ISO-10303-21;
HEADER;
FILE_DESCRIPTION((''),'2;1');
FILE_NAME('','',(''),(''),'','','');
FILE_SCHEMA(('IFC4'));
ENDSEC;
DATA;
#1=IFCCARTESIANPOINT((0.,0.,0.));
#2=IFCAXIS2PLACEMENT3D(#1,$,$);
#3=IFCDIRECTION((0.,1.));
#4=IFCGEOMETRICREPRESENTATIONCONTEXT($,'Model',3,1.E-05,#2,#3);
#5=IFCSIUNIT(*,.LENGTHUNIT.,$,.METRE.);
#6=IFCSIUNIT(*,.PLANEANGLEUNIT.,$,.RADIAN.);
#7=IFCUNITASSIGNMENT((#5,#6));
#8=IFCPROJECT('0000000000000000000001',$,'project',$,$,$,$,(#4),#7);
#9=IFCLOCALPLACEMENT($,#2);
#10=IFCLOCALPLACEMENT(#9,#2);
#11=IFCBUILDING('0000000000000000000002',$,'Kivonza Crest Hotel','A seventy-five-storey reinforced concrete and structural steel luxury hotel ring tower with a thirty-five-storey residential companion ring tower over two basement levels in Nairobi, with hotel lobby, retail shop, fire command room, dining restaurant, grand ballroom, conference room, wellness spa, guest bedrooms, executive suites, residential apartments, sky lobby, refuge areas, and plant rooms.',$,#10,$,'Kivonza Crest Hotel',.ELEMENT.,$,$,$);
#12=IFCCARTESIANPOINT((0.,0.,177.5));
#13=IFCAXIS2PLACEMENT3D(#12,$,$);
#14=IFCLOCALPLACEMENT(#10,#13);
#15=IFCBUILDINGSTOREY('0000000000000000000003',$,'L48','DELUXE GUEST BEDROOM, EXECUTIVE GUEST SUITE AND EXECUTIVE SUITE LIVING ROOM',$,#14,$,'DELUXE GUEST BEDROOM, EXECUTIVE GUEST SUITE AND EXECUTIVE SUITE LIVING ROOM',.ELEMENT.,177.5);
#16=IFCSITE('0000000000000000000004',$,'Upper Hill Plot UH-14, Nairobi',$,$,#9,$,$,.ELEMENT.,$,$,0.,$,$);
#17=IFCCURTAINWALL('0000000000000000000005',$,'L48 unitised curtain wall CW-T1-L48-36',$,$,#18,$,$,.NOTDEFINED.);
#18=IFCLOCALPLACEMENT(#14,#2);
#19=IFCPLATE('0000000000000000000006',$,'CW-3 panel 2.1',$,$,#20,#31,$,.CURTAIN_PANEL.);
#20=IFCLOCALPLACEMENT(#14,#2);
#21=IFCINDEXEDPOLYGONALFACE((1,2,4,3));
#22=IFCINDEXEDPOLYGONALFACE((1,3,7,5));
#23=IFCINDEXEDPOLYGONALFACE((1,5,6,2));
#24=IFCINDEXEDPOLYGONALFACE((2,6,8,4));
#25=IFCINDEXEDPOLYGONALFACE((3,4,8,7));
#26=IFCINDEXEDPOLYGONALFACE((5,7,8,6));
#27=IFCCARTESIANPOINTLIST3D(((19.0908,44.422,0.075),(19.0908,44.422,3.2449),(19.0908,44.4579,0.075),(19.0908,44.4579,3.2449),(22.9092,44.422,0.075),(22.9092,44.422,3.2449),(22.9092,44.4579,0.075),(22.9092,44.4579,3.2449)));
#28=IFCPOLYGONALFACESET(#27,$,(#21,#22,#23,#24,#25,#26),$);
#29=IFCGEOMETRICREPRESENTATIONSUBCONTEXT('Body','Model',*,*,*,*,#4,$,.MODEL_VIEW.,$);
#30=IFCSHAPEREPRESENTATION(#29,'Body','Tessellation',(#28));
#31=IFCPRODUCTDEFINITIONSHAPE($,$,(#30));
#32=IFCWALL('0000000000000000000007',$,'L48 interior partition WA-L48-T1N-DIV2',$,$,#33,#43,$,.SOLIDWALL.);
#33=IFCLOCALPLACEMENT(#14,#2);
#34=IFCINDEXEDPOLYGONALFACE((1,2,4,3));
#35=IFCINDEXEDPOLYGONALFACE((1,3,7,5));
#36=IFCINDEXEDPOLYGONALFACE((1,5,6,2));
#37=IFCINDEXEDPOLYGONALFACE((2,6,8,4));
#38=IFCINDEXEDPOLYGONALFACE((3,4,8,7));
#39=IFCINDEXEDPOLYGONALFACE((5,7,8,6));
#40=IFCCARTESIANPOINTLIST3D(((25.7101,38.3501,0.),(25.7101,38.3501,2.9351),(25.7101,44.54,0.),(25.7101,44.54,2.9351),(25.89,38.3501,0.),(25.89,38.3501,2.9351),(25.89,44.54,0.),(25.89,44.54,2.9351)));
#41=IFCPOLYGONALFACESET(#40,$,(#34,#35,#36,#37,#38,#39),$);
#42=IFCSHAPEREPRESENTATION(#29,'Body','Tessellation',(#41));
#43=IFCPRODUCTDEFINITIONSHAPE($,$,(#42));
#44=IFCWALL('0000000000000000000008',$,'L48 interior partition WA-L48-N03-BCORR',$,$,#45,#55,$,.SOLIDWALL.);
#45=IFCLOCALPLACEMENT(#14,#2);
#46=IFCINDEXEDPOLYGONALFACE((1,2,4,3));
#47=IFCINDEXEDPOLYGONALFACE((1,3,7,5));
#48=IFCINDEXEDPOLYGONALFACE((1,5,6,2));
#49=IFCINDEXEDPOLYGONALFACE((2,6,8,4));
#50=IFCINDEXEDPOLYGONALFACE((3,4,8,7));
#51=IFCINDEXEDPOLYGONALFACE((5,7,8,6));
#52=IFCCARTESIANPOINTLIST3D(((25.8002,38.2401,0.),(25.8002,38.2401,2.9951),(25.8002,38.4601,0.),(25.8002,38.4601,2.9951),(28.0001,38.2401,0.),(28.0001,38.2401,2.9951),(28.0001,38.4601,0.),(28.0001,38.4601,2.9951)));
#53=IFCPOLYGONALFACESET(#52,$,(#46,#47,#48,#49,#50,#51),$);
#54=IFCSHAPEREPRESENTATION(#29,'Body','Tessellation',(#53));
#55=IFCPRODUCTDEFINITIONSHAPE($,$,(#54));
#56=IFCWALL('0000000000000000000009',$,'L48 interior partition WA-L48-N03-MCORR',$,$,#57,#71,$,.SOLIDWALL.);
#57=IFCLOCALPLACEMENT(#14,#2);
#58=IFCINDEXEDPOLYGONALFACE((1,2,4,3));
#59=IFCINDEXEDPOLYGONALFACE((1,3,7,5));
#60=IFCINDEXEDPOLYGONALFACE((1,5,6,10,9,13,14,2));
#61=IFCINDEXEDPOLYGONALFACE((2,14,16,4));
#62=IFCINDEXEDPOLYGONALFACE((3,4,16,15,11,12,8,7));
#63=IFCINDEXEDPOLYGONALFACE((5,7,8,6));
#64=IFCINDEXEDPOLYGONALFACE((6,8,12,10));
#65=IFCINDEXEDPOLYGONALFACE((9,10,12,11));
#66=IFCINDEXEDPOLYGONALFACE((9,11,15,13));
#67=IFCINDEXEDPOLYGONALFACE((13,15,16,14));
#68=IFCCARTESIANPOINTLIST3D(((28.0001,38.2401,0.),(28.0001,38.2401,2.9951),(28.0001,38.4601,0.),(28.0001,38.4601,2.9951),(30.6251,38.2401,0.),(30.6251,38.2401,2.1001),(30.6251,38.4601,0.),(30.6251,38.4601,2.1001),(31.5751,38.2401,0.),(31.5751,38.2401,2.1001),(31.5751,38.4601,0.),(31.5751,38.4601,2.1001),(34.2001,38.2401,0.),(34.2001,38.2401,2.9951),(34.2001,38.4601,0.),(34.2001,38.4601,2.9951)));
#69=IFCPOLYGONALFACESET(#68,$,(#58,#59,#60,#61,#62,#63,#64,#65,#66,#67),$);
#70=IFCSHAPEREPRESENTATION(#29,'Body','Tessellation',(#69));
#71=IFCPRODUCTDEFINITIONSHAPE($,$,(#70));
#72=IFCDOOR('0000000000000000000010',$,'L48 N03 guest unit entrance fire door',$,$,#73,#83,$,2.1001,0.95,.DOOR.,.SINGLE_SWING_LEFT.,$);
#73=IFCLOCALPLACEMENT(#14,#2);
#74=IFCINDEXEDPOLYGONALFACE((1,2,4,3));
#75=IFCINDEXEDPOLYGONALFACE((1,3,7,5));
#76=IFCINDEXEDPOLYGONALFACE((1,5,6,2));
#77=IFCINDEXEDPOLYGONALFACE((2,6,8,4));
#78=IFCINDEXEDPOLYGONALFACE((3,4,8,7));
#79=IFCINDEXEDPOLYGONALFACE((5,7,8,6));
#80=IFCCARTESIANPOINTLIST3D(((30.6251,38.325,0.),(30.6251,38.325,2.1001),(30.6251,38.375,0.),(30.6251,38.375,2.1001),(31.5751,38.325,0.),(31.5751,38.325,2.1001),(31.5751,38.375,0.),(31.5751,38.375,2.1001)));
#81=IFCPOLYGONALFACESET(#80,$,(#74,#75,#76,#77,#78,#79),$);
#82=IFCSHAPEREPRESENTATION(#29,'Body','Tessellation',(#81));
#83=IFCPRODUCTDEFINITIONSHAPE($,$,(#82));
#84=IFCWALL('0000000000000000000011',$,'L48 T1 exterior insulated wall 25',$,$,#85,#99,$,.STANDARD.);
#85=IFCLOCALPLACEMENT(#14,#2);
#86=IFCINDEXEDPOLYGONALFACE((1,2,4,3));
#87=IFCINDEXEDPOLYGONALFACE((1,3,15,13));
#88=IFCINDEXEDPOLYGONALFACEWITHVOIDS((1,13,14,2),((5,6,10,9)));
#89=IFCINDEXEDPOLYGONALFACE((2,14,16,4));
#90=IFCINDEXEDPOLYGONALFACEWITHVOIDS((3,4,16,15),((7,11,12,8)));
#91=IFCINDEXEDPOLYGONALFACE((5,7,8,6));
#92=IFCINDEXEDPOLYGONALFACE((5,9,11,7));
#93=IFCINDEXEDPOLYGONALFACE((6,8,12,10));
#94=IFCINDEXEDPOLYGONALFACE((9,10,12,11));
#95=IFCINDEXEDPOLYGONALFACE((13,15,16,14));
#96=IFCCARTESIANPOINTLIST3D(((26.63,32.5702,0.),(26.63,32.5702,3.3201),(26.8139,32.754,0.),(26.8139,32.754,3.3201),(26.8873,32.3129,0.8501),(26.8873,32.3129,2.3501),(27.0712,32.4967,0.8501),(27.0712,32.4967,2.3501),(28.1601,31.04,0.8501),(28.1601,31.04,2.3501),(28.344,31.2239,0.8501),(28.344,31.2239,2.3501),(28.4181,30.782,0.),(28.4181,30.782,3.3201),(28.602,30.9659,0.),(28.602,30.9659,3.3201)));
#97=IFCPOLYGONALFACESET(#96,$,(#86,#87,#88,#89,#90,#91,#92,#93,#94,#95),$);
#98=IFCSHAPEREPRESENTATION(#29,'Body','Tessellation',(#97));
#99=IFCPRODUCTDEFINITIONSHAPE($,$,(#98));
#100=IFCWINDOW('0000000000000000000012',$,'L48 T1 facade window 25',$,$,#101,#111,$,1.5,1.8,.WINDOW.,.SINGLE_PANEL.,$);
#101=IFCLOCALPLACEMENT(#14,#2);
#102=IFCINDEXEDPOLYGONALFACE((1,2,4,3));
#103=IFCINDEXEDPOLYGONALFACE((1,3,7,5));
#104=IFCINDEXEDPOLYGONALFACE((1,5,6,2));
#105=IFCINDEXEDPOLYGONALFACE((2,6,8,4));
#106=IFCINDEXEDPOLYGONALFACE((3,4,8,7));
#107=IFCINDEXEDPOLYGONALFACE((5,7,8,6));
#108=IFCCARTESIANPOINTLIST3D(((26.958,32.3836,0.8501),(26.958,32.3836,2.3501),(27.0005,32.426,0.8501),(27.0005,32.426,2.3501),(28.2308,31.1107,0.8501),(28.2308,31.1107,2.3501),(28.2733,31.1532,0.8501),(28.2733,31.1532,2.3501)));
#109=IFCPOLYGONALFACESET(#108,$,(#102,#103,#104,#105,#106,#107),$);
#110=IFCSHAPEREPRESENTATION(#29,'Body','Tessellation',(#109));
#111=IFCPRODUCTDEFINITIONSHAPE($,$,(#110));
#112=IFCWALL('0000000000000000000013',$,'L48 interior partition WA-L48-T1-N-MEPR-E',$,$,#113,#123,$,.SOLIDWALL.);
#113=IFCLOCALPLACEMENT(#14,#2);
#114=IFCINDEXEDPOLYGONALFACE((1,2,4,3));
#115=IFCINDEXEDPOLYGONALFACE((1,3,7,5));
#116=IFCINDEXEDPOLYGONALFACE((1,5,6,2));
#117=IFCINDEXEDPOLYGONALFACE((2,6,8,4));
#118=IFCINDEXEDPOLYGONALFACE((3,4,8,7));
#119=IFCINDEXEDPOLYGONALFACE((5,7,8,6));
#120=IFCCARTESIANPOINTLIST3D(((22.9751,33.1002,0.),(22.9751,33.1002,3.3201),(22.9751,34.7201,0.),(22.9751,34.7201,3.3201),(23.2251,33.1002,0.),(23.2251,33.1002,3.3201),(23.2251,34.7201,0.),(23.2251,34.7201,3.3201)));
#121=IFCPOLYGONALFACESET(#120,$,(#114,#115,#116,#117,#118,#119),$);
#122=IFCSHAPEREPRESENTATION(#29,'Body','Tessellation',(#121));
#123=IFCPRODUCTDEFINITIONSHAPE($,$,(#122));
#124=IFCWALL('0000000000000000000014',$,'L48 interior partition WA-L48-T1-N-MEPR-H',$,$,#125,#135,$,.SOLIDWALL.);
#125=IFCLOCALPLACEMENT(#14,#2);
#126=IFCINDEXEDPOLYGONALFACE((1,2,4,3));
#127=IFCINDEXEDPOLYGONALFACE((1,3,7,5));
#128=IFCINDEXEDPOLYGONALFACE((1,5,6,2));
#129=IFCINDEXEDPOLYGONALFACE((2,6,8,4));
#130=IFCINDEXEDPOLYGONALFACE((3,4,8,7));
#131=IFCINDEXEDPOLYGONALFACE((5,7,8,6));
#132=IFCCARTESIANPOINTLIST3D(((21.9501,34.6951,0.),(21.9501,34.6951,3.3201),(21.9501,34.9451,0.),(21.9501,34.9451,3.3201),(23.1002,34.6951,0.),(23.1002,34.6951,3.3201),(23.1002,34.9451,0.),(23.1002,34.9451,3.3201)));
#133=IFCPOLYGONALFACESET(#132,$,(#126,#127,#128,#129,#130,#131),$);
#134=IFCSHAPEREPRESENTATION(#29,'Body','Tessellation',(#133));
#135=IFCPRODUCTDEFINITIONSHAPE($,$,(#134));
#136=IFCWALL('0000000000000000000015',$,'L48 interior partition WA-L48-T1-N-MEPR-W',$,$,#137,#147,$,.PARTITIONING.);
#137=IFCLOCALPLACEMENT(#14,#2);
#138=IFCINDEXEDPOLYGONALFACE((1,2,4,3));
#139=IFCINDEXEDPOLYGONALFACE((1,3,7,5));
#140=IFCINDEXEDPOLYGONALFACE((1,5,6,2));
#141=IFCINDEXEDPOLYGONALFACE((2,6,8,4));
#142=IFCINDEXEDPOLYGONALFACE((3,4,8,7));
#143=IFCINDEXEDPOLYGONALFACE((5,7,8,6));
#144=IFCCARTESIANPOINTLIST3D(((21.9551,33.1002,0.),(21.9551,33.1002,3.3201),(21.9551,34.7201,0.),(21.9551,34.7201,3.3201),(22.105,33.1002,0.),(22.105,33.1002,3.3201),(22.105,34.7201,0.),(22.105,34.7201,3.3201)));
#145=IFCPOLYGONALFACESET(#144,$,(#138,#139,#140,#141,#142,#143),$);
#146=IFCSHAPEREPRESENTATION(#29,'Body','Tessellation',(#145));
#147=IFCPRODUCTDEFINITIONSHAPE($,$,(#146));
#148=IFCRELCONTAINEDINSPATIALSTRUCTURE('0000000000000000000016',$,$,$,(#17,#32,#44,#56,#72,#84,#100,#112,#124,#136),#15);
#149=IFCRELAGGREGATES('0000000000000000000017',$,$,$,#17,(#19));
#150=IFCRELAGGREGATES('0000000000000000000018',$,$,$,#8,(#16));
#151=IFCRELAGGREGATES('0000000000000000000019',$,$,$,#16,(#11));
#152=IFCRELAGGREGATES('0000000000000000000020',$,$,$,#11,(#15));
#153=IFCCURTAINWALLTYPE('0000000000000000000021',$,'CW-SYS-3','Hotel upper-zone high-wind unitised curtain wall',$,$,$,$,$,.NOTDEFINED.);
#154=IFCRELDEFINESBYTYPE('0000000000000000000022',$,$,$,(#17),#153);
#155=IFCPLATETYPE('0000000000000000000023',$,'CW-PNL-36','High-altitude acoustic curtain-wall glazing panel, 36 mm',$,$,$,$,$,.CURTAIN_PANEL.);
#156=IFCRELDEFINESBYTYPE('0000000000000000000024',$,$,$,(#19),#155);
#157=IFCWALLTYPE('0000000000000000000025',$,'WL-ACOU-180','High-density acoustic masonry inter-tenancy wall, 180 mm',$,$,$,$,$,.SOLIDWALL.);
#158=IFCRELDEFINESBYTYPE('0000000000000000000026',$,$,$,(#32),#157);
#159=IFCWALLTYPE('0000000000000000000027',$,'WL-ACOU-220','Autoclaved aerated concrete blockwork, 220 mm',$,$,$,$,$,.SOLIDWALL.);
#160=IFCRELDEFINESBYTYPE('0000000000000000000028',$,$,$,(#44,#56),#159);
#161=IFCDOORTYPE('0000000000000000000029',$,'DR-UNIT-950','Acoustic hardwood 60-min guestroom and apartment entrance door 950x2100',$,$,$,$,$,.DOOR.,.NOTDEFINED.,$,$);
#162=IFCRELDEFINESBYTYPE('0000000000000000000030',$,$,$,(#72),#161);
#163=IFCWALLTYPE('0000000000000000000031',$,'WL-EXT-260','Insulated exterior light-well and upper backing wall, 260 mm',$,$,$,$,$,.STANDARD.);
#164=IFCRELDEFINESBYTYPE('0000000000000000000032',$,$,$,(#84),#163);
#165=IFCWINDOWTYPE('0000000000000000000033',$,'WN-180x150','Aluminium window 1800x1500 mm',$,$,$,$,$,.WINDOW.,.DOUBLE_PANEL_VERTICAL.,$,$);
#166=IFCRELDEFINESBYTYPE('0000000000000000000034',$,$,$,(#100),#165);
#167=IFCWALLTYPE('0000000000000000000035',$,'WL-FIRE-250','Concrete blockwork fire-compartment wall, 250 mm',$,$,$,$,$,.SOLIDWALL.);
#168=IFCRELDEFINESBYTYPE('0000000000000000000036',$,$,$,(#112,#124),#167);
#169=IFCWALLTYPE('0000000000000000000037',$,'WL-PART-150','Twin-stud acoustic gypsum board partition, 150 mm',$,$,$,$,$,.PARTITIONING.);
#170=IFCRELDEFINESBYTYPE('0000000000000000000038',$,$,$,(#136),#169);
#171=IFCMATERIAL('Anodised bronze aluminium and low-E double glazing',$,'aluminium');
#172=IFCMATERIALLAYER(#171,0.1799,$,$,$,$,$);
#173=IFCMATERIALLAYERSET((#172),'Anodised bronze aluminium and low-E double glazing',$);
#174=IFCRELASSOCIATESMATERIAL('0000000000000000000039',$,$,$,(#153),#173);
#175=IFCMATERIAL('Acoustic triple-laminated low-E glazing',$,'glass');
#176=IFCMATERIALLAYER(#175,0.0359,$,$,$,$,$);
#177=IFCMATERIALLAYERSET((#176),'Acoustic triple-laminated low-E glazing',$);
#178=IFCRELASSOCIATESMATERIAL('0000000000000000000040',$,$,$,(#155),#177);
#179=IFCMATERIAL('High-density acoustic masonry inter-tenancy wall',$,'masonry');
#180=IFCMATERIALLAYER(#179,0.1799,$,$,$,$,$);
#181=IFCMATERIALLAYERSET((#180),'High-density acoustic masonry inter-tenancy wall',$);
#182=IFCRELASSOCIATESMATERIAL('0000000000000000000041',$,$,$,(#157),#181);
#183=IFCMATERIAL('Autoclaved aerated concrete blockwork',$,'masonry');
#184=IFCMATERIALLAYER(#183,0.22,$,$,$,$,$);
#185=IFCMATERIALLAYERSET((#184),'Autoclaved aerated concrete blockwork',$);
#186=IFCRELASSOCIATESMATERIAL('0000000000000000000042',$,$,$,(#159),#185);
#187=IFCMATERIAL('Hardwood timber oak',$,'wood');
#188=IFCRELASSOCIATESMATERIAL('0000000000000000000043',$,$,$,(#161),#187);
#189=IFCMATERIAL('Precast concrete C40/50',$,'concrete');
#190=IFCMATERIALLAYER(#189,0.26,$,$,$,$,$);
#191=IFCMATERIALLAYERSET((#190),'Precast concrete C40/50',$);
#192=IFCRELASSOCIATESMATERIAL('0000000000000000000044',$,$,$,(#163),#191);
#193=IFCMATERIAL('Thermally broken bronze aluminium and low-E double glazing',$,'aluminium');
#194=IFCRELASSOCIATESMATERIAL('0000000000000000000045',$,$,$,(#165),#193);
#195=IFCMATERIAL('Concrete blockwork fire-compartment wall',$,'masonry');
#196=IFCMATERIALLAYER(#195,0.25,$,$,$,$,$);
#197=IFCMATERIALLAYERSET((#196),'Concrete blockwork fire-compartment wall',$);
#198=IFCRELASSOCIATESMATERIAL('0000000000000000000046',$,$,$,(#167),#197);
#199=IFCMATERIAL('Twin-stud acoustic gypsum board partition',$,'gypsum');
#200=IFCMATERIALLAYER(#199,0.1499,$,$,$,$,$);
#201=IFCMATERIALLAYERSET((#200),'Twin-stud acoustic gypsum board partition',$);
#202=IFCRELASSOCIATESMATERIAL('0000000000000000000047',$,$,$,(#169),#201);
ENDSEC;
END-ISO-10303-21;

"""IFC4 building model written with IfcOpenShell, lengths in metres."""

from ifc_helpers import new_model, si_unit, direction, frame, frame_2d, origin, origin_2d, place, context, subcontext, project, spatial, rectangle, extrude, material, layer, layer_set, type_object, element, fill, aggregate, save


model = new_model("IFC4")

# Units and contexts
model_context = context("Model", 3, precision=1e-05, world=origin(), true_north=direction((0.0, 1.0)))
body_context = subcontext(model_context, "Body", "Model", "MODEL_VIEW")
ifc_project = project(units=[si_unit("LENGTHUNIT", "METRE"), si_unit("PLANEANGLEUNIT", "RADIAN")], contexts=[model_context])

# Site, building, storey
site_placement = place(None, origin())
site = spatial("IfcSite", under=ifc_project, at=site_placement, Name="Upper Hill Plot UH-14, Nairobi", CompositionType="ELEMENT", RefElevation=0.0)
building_placement = place(site_placement, origin())
building = spatial("IfcBuilding", under=site, at=building_placement, Name="Kivonza Crest Hotel", Description="A seventy-five-storey reinforced concrete and structural steel luxury hotel ring tower with a thirty-five-storey residential companion ring tower over two basement levels in Nairobi, with hotel lobby, retail shop, fire command room, dining restaurant, grand ballroom, conference room, wellness spa, guest bedrooms, executive suites, residential apartments, sky lobby, refuge areas, and plant rooms.", LongName="Kivonza Crest Hotel", CompositionType="ELEMENT")
storey_placement = place(building_placement, frame((0.0, 0.0, 177.5)))
storey = spatial("IfcBuildingStorey", under=building, at=storey_placement, Name="L48", Description="DELUXE GUEST BEDROOM, EXECUTIVE GUEST SUITE AND EXECUTIVE SUITE LIVING ROOM", LongName="DELUXE GUEST BEDROOM, EXECUTIVE GUEST SUITE AND EXECUTIVE SUITE LIVING ROOM", CompositionType="ELEMENT", Elevation=177.5)

# Curtain wall, plate
ifc_material_1 = material(Name="Anodised bronze aluminium and low-E double glazing", Category="aluminium")
ifc_layer_1 = layer(ifc_material_1, 0.1799)
ifc_layer_set_1 = layer_set([ifc_layer_1], Name="Anodised bronze aluminium and low-E double glazing")
curtain_wall_type = type_object("IfcCurtainWallType", Name="CW-SYS-3", Description="Hotel upper-zone high-wind unitised curtain wall", PredefinedType="NOTDEFINED", material=ifc_layer_set_1)
curtain_wall_placement = place(storey_placement, origin())
curtain_wall = element("IfcCurtainWall", 1, at=curtain_wall_placement, inside=storey, type_object=curtain_wall_type, Name="L48 unitised curtain wall CW-T1-L48-36", PredefinedType="NOTDEFINED")
ifc_material_2 = material(Name="Acoustic triple-laminated low-E glazing", Category="glass")
ifc_layer_2 = layer(ifc_material_2, 0.0359)
ifc_layer_set_2 = layer_set([ifc_layer_2], Name="Acoustic triple-laminated low-E glazing")
plate_type = type_object("IfcPlateType", Name="CW-PNL-36", Description="High-altitude acoustic curtain-wall glazing panel, 36 mm", PredefinedType="CURTAIN_PANEL", material=ifc_layer_set_2)
plate_1_placement = place(storey_placement, frame((21.0, 44.4399, 0.075), z_axis=(0.0, 0.0, 1.0), x_axis=(-1.0, 0.0, 0.0)))
plate_1 = element("IfcPlate", 2, at=plate_1_placement, type_object=plate_type, Name="CW-3 panel 2.1", PredefinedType="CURTAIN_PANEL", context=body_context, shape_type="SweptSolid", body=[
    extrude(rectangle(XDim=3.8184, YDim=0.0359, at=origin_2d()), origin(), (0.0, 0.0, 1.0), 3.1699),
])
aggregate(curtain_wall, [plate_1])

# Walls
ifc_material_3 = material(Name="High-density acoustic masonry inter-tenancy wall", Category="masonry")
ifc_layer_3 = layer(ifc_material_3, 0.1799)
ifc_layer_set_3 = layer_set([ifc_layer_3], Name="High-density acoustic masonry inter-tenancy wall")
wall_type_1 = type_object("IfcWallType", Name="WL-ACOU-180", Description="High-density acoustic masonry inter-tenancy wall, 180 mm", PredefinedType="SOLIDWALL", material=ifc_layer_set_3)
wall_1_placement = place(storey_placement, frame((25.8, 38.3501, 0.0), z_axis=(0.0, 0.0, 1.0), x_axis=(0.0, 1.0, 0.0)))
element("IfcWall", 3, at=wall_1_placement, inside=storey, type_object=wall_type_1, Name="L48 interior partition WA-L48-T1N-DIV2", PredefinedType="SOLIDWALL", context=body_context, shape_type="SweptSolid", body=[
    extrude(rectangle(XDim=6.1899, YDim=0.1799, at=frame_2d((3.095, 0.0))), origin(), (0.0, 0.0, 1.0), 2.9351),
])
ifc_material_4 = material(Name="Autoclaved aerated concrete blockwork", Category="masonry")
ifc_layer_4 = layer(ifc_material_4, 0.22)
ifc_layer_set_4 = layer_set([ifc_layer_4], Name="Autoclaved aerated concrete blockwork")
wall_type_2 = type_object("IfcWallType", Name="WL-ACOU-220", Description="Autoclaved aerated concrete blockwork, 220 mm", PredefinedType="SOLIDWALL", material=ifc_layer_set_4)
wall_2_placement = place(storey_placement, frame((25.8, 38.3501, 0.0), z_axis=(0.0, 0.0, 1.0), x_axis=(1.0, 0.0, 0.0)))
element("IfcWall", 4, at=wall_2_placement, inside=storey, type_object=wall_type_2, Name="L48 interior partition WA-L48-N03-BCORR", PredefinedType="SOLIDWALL", context=body_context, shape_type="SweptSolid", body=[
    extrude(rectangle(XDim=2.2, YDim=0.22, at=frame_2d((1.1001, 0.0))), origin(), (0.0, 0.0, 1.0), 2.9951),
])

# Wall, opening, door
wall_3_placement = place(storey_placement, frame((28.0, 38.3501, 0.0), z_axis=(0.0, 0.0, 1.0), x_axis=(1.0, 0.0, 0.0)))
wall_3 = element("IfcWall", 5, at=wall_3_placement, inside=storey, type_object=wall_type_2, Name="L48 interior partition WA-L48-N03-MCORR", PredefinedType="SOLIDWALL", context=body_context, shape_type="SweptSolid", body=[
    extrude(rectangle(XDim=6.2, YDim=0.22, at=frame_2d((3.1001, 0.0))), origin(), (0.0, 0.0, 1.0), 2.9951),
])
opening_1_placement = place(wall_3_placement, frame((2.625, 0.0, 0.0)))
opening_1 = element("IfcOpeningElement", 6, at=opening_1_placement, cuts=wall_3, PredefinedType="OPENING", context=body_context, shape_type="SweptSolid", body=[
    extrude(rectangle(XDim=0.95, YDim=2.1001, at=frame_2d((0.4751, 1.05))), frame((0.0, 0.1201, 0.0), z_axis=(0.0, -1.0, 0.0), x_axis=(1.0, 0.0, 0.0)), (0.0, 0.0, 1.0), 0.24),
])
ifc_material_5 = material(Name="Hardwood timber oak", Category="wood")
door_type_1 = type_object("IfcDoorType", Name="DR-UNIT-950", Description="Acoustic hardwood 60-min guestroom and apartment entrance door 950x2100", OperationType="NOTDEFINED", PredefinedType="DOOR", material=ifc_material_5)
door_1_placement = place(opening_1_placement, origin())
door_1 = element("IfcDoor", 7, at=door_1_placement, inside=storey, type_object=door_type_1, Name="L48 N03 guest unit entrance fire door", OperationType="SINGLE_SWING_LEFT", OverallHeight=2.1001, OverallWidth=0.95, PredefinedType="DOOR", context=body_context, shape_type="SweptSolid", body=[
    extrude(rectangle(XDim=0.95, YDim=2.1001, at=frame_2d((0.4751, 1.05))), frame((0.0, 0.0249, 0.0), z_axis=(0.0, -1.0, 0.0), x_axis=(1.0, 0.0, 0.0)), (0.0, 0.0, 1.0), 0.05),
])
fill(opening_1, door_1)

# Wall, opening, window
ifc_material_6 = material(Name="Precast concrete C40/50", Category="concrete")
ifc_layer_5 = layer(ifc_material_6, 0.26)
ifc_layer_set_5 = layer_set([ifc_layer_5], Name="Precast concrete C40/50")
wall_type_3 = type_object("IfcWallType", Name="WL-EXT-260", Description="Insulated exterior light-well and upper backing wall, 260 mm", PredefinedType="STANDARD", material=ifc_layer_set_5)
wall_4_placement = place(storey_placement, frame((26.7219, 32.6621, 0.0), z_axis=(0.0, 0.0, 1.0), x_axis=(0.707107, -0.707107, 0.0)))
wall_4 = element("IfcWall", 8, at=wall_4_placement, inside=storey, type_object=wall_type_3, Name="L48 T1 exterior insulated wall 25", PredefinedType="STANDARD", context=body_context, shape_type="SweptSolid", body=[
    extrude(rectangle(XDim=2.5288, YDim=0.26, at=frame_2d((1.2644, 0.0))), origin(), (0.0, 0.0, 1.0), 3.3201),
])
opening_2_placement = place(wall_4_placement, frame((0.364, 0.0, 0.8501)))
opening_2 = element("IfcOpeningElement", 9, at=opening_2_placement, cuts=wall_4, PredefinedType="OPENING", context=body_context, shape_type="SweptSolid", body=[
    extrude(rectangle(XDim=1.8, YDim=1.5, at=frame_2d((0.8999, 0.75))), frame((0.0, 0.1401, 0.0), z_axis=(0.0, -1.0, 0.0), x_axis=(1.0, 0.0, 0.0)), (0.0, 0.0, 1.0), 0.28),
])
ifc_material_7 = material(Name="Thermally broken bronze aluminium and low-E double glazing", Category="aluminium")
window_type = type_object("IfcWindowType", Name="WN-180x150", Description="Aluminium window 1800x1500 mm", PartitioningType="DOUBLE_PANEL_VERTICAL", PredefinedType="WINDOW", material=ifc_material_7)
window_placement = place(opening_2_placement, origin())
window = element("IfcWindow", 10, at=window_placement, inside=storey, type_object=window_type, Name="L48 T1 facade window 25", OverallHeight=1.5, OverallWidth=1.8, PartitioningType="SINGLE_PANEL", PredefinedType="WINDOW", context=body_context, shape_type="SweptSolid", body=[
    extrude(rectangle(XDim=1.8, YDim=1.5, at=frame_2d((0.8999, 0.75))), frame((0.0, 0.03, 0.0), z_axis=(0.0, -1.0, 0.0), x_axis=(1.0, 0.0, 0.0)), (0.0, 0.0, 1.0), 0.0601),
])
fill(opening_2, window)

# Walls
ifc_material_8 = material(Name="Concrete blockwork fire-compartment wall", Category="masonry")
ifc_layer_6 = layer(ifc_material_8, 0.25)
ifc_layer_set_6 = layer_set([ifc_layer_6], Name="Concrete blockwork fire-compartment wall")
wall_type_4 = type_object("IfcWallType", Name="WL-FIRE-250", Description="Concrete blockwork fire-compartment wall, 250 mm", PredefinedType="SOLIDWALL", material=ifc_layer_set_6)
wall_5_placement = place(storey_placement, frame((23.1001, 33.1001, 0.0), z_axis=(0.0, 0.0, 1.0), x_axis=(0.0, 1.0, 0.0)))
element("IfcWall", 11, at=wall_5_placement, inside=storey, type_object=wall_type_4, Name="L48 interior partition WA-L48-T1-N-MEPR-E", PredefinedType="SOLIDWALL", context=body_context, shape_type="SweptSolid", body=[
    extrude(rectangle(XDim=1.6199, YDim=0.25, at=frame_2d((0.8101, 0.0))), origin(), (0.0, 0.0, 1.0), 3.3201),
])
wall_6_placement = place(storey_placement, frame((21.95, 34.8201, 0.0), z_axis=(0.0, 0.0, 1.0), x_axis=(1.0, 0.0, 0.0)))
element("IfcWall", 12, at=wall_6_placement, inside=storey, type_object=wall_type_4, Name="L48 interior partition WA-L48-T1-N-MEPR-H", PredefinedType="SOLIDWALL", context=body_context, shape_type="SweptSolid", body=[
    extrude(rectangle(XDim=1.1501, YDim=0.25, at=frame_2d((0.5752, 0.0))), origin(), (0.0, 0.0, 1.0), 3.3201),
])
ifc_material_9 = material(Name="Twin-stud acoustic gypsum board partition", Category="gypsum")
ifc_layer_7 = layer(ifc_material_9, 0.1499)
ifc_layer_set_7 = layer_set([ifc_layer_7], Name="Twin-stud acoustic gypsum board partition")
wall_type_5 = type_object("IfcWallType", Name="WL-PART-150", Description="Twin-stud acoustic gypsum board partition, 150 mm", PredefinedType="PARTITIONING", material=ifc_layer_set_7)
wall_7_placement = place(storey_placement, frame((22.03, 33.1001, 0.0), z_axis=(0.0, 0.0, 1.0), x_axis=(0.0, 1.0, 0.0)))
element("IfcWall", 13, at=wall_7_placement, inside=storey, type_object=wall_type_5, Name="L48 interior partition WA-L48-T1-N-MEPR-W", PredefinedType="PARTITIONING", context=body_context, shape_type="SweptSolid", body=[
    extrude(rectangle(XDim=1.6199, YDim=0.1499, at=frame_2d((0.8101, 0.0))), origin(), (0.0, 0.0, 1.0), 3.3201),
])

save(model, "model.ifc")
